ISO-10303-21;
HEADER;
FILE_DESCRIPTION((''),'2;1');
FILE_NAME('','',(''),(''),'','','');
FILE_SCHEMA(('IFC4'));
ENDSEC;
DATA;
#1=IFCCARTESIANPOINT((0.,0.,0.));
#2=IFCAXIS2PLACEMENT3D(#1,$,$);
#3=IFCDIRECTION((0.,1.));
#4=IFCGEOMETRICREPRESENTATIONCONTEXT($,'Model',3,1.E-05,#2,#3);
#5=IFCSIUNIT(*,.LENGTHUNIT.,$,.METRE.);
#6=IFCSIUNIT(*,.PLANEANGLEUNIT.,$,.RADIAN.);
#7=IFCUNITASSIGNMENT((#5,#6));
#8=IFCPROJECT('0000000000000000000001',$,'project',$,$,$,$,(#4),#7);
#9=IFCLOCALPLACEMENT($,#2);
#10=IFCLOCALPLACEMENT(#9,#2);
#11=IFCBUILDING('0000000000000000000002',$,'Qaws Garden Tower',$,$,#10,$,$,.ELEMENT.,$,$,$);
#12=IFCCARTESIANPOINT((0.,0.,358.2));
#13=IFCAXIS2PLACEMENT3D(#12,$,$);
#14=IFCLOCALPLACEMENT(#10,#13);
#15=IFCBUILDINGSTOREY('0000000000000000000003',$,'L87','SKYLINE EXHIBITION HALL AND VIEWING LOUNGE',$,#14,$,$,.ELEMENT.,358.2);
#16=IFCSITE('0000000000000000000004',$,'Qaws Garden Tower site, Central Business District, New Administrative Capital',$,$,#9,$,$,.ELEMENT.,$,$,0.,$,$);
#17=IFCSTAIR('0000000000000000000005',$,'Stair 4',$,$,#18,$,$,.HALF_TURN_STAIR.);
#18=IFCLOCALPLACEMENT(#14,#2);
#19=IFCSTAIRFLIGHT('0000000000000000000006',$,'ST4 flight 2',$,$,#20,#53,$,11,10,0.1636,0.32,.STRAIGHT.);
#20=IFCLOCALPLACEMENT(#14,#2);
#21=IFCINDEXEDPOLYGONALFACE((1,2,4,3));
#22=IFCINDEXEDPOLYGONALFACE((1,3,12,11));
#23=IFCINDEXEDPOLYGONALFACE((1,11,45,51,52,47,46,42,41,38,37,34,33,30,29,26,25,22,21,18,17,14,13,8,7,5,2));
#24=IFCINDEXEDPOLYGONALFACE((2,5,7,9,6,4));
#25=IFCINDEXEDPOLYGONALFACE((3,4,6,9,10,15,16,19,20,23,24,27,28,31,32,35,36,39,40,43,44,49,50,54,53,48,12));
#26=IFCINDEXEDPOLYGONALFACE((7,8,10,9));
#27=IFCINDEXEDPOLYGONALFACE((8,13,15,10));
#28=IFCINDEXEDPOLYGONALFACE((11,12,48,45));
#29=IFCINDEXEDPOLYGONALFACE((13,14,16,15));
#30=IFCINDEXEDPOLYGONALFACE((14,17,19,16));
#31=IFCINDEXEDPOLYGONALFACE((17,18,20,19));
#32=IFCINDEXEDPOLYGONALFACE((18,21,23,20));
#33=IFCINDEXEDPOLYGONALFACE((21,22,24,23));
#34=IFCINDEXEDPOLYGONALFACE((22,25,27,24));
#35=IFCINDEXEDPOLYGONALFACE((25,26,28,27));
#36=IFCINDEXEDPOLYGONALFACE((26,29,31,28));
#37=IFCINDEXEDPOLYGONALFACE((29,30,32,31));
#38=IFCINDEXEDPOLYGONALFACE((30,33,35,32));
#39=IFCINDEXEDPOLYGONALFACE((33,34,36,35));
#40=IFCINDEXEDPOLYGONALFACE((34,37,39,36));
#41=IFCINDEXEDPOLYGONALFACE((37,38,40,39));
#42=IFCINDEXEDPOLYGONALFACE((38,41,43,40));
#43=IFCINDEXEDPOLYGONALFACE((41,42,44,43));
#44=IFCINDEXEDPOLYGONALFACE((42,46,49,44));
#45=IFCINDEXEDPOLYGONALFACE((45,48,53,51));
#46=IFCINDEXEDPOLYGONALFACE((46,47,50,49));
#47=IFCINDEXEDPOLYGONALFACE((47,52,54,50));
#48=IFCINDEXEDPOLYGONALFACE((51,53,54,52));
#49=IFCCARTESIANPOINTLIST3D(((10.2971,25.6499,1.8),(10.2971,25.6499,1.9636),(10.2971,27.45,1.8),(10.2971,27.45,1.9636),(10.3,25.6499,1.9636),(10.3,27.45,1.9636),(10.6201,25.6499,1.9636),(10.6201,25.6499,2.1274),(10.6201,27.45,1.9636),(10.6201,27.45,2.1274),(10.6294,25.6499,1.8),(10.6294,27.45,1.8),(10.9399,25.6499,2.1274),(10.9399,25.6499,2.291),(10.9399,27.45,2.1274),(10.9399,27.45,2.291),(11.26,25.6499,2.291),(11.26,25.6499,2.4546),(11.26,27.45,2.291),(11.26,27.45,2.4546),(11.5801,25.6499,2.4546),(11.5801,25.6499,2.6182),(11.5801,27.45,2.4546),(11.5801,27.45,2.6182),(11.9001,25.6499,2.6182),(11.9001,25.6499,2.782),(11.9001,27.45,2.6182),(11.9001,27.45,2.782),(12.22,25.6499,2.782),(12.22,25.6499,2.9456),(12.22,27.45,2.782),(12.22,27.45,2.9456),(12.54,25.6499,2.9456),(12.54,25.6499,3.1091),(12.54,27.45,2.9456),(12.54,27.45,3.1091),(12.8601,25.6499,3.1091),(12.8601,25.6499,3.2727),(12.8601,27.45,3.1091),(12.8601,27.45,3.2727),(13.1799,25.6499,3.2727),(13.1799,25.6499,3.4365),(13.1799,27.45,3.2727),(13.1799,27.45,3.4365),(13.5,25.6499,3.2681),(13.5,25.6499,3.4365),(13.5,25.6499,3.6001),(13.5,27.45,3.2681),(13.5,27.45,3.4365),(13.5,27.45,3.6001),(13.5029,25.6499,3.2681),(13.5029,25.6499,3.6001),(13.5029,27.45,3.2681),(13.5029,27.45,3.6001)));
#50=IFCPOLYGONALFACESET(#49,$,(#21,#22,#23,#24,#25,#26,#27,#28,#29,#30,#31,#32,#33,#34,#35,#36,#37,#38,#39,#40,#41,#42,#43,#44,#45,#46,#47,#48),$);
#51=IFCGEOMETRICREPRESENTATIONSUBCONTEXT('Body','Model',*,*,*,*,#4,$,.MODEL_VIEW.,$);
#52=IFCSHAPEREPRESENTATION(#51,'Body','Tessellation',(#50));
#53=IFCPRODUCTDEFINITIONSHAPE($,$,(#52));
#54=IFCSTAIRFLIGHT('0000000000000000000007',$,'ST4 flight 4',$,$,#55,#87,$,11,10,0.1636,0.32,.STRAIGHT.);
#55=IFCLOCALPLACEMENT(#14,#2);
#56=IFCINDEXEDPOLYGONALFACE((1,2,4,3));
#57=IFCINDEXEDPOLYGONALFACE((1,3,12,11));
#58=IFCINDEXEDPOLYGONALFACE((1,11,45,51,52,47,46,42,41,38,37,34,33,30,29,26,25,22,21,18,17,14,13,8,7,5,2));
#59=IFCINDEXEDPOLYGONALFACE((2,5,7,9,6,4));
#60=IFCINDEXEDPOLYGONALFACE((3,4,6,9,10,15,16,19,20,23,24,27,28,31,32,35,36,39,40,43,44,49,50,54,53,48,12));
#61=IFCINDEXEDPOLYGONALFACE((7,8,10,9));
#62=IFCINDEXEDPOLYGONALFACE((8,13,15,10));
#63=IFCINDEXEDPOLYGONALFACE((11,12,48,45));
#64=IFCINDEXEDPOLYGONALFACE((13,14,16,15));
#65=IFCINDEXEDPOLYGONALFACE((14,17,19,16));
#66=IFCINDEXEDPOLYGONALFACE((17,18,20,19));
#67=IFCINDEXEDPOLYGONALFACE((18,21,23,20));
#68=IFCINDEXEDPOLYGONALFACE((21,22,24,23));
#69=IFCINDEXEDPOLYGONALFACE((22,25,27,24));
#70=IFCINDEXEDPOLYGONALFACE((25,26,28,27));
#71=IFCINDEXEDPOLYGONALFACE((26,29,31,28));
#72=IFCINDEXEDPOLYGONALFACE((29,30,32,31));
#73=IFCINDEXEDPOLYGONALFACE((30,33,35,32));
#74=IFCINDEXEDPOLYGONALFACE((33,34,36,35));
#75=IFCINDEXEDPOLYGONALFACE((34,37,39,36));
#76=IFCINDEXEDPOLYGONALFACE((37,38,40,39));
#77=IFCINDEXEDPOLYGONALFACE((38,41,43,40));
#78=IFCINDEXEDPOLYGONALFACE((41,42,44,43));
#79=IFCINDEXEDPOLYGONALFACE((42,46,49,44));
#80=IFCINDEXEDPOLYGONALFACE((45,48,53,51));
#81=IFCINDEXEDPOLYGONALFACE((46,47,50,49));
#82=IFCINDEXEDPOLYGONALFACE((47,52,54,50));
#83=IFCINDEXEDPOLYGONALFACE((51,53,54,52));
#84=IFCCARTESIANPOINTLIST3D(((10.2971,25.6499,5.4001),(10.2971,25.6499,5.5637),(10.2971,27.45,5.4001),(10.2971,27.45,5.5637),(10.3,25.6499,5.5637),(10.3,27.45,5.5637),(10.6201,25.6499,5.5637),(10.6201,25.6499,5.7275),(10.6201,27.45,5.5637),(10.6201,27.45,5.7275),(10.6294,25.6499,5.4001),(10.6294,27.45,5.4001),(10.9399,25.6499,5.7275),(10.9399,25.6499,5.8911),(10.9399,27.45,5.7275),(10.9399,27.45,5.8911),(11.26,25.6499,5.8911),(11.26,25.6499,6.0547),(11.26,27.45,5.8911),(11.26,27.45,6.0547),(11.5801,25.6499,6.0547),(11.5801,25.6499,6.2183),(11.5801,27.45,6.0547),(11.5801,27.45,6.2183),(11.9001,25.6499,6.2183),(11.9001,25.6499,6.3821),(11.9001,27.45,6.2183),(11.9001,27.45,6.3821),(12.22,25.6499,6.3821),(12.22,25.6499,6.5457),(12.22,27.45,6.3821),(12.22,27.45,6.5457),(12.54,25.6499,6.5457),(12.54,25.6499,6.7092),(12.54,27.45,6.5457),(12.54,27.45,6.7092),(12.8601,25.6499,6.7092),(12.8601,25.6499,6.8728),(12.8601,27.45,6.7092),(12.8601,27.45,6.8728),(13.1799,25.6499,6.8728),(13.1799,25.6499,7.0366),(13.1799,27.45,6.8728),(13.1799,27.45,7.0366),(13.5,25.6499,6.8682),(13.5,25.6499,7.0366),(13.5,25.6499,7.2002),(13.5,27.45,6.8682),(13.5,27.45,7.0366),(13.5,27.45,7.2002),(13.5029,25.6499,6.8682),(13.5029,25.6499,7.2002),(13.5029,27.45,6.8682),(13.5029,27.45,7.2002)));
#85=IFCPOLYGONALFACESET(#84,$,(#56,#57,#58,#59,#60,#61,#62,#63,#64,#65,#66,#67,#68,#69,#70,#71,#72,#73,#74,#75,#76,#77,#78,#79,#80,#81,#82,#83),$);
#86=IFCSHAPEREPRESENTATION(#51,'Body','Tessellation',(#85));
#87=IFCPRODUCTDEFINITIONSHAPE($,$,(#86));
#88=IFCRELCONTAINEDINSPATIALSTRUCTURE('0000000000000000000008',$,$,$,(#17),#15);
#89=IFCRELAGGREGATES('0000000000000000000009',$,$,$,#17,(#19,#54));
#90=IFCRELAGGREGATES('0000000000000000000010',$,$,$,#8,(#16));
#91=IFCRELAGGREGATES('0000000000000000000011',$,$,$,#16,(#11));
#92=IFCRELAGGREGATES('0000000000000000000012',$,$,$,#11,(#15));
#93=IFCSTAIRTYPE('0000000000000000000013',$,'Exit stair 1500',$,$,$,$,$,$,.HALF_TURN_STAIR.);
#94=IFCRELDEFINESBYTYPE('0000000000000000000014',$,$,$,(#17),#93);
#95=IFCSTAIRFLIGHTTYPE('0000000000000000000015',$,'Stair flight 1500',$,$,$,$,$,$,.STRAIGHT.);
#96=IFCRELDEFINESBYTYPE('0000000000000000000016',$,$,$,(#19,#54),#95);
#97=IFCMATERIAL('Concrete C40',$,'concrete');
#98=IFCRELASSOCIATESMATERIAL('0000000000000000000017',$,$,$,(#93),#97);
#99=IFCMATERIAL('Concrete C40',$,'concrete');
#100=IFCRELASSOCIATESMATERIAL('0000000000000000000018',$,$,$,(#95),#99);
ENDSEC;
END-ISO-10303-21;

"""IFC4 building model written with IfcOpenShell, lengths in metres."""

from ifc_helpers import new_model, si_unit, direction, frame, origin, place, context, subcontext, project, spatial, polyline, outline, extrude, material, type_object, element, aggregate, save


model = new_model("IFC4")

# Units and contexts
model_context = context("Model", 3, precision=1e-05, world=origin(), true_north=direction((0.0, 1.0)))
body_context = subcontext(model_context, "Body", "Model", "MODEL_VIEW")
ifc_project = project(units=[si_unit("LENGTHUNIT", "METRE"), si_unit("PLANEANGLEUNIT", "RADIAN")], contexts=[model_context])

# Site, building, storey
site_placement = place(None, origin())
site = spatial("IfcSite", under=ifc_project, at=site_placement, Name="Qaws Garden Tower site, Central Business District, New Administrative Capital", CompositionType="ELEMENT", RefElevation=0.0)
building_placement = place(site_placement, origin())
building = spatial("IfcBuilding", under=site, at=building_placement, Name="Qaws Garden Tower", CompositionType="ELEMENT")
storey_placement = place(building_placement, frame((0.0, 0.0, 358.2)))
storey = spatial("IfcBuildingStorey", under=building, at=storey_placement, Name="L87", Description="SKYLINE EXHIBITION HALL AND VIEWING LOUNGE", CompositionType="ELEMENT", Elevation=358.2)

# Shared definitions
placement = place(storey_placement, origin())

# Stair, stair flights
ifc_material_1 = material(Name="Concrete C40", Category="concrete")
stair_type = type_object("IfcStairType", Name="Exit stair 1500", PredefinedType="HALF_TURN_STAIR", material=ifc_material_1)
stair = element("IfcStair", 1, at=placement, inside=storey, type_object=stair_type, Name="Stair 4", PredefinedType="HALF_TURN_STAIR")
ifc_material_2 = material(Name="Concrete C40", Category="concrete")
stair_flight_type = type_object("IfcStairFlightType", Name="Stair flight 1500", PredefinedType="STRAIGHT", material=ifc_material_2)
stair_flight_1_placement = place(storey_placement, frame((10.3, 26.55, 1.8), z_axis=(0.0, 0.0, 1.0), x_axis=(1.0, 0.0, 0.0)))
stair_flight_1 = element("IfcStairFlight", 2, at=stair_flight_1_placement, type_object=stair_flight_type, Name="ST4 flight 2", NumberOfRisers=11, NumberOfTreads=10, PredefinedType="STRAIGHT", RiserHeight=0.1636, TreadLength=0.32, context=body_context, shape_type="SweptSolid", body=[
    extrude(outline(polyline([(-0.0029, 0.0), (-0.0029, 0.1636), (0.0, 0.1636), (0.3201, 0.1636), (0.3201, 0.3274), (0.6399, 0.3274), (0.6399, 0.491), (0.96, 0.491), (0.96, 0.6545), (1.28, 0.6545), (1.28, 0.8181), (1.6001, 0.8181), (1.6001, 0.9819), (1.9199, 0.9819), (1.9199, 1.1455), (2.24, 1.1455), (2.24, 1.3091), (2.5601, 1.3091), (2.5601, 1.4727), (2.8799, 1.4727), (2.8799, 1.6365), (3.2, 1.6365), (3.2, 1.8), (3.2029, 1.8), (3.2029, 1.468), (3.2, 1.468), (0.3293, 0.0), (-0.0029, 0.0)])), frame((0.0, 0.8999, 0.0), z_axis=(0.0, -1.0, 0.0), x_axis=(1.0, 0.0, 0.0)), (0.0, 0.0, 1.0), 1.8),
])
stair_flight_2_placement = place(storey_placement, frame((10.3, 26.55, 5.4001), z_axis=(0.0, 0.0, 1.0), x_axis=(1.0, 0.0, 0.0)))
stair_flight_2 = element("IfcStairFlight", 3, at=stair_flight_2_placement, type_object=stair_flight_type, Name="ST4 flight 4", NumberOfRisers=11, NumberOfTreads=10, PredefinedType="STRAIGHT", RiserHeight=0.1636, TreadLength=0.32, context=body_context, shape_type="SweptSolid", body=[
    extrude(outline(polyline([(-0.0029, 0.0), (-0.0029, 0.1636), (0.0, 0.1636), (0.3201, 0.1636), (0.3201, 0.3274), (0.6399, 0.3274), (0.6399, 0.491), (0.96, 0.491), (0.96, 0.6545), (1.28, 0.6545), (1.28, 0.8181), (1.6001, 0.8181), (1.6001, 0.9819), (1.9199, 0.9819), (1.9199, 1.1455), (2.24, 1.1455), (2.24, 1.3091), (2.5601, 1.3091), (2.5601, 1.4727), (2.8799, 1.4727), (2.8799, 1.6365), (3.2, 1.6365), (3.2, 1.8), (3.2029, 1.8), (3.2029, 1.468), (3.2, 1.468), (0.3293, 0.0), (-0.0029, 0.0)])), frame((0.0, 0.8999, 0.0), z_axis=(0.0, -1.0, 0.0), x_axis=(1.0, 0.0, 0.0)), (0.0, 0.0, 1.0), 1.8),
])
aggregate(stair, [stair_flight_1, stair_flight_2])

save(model, "model.ifc")
